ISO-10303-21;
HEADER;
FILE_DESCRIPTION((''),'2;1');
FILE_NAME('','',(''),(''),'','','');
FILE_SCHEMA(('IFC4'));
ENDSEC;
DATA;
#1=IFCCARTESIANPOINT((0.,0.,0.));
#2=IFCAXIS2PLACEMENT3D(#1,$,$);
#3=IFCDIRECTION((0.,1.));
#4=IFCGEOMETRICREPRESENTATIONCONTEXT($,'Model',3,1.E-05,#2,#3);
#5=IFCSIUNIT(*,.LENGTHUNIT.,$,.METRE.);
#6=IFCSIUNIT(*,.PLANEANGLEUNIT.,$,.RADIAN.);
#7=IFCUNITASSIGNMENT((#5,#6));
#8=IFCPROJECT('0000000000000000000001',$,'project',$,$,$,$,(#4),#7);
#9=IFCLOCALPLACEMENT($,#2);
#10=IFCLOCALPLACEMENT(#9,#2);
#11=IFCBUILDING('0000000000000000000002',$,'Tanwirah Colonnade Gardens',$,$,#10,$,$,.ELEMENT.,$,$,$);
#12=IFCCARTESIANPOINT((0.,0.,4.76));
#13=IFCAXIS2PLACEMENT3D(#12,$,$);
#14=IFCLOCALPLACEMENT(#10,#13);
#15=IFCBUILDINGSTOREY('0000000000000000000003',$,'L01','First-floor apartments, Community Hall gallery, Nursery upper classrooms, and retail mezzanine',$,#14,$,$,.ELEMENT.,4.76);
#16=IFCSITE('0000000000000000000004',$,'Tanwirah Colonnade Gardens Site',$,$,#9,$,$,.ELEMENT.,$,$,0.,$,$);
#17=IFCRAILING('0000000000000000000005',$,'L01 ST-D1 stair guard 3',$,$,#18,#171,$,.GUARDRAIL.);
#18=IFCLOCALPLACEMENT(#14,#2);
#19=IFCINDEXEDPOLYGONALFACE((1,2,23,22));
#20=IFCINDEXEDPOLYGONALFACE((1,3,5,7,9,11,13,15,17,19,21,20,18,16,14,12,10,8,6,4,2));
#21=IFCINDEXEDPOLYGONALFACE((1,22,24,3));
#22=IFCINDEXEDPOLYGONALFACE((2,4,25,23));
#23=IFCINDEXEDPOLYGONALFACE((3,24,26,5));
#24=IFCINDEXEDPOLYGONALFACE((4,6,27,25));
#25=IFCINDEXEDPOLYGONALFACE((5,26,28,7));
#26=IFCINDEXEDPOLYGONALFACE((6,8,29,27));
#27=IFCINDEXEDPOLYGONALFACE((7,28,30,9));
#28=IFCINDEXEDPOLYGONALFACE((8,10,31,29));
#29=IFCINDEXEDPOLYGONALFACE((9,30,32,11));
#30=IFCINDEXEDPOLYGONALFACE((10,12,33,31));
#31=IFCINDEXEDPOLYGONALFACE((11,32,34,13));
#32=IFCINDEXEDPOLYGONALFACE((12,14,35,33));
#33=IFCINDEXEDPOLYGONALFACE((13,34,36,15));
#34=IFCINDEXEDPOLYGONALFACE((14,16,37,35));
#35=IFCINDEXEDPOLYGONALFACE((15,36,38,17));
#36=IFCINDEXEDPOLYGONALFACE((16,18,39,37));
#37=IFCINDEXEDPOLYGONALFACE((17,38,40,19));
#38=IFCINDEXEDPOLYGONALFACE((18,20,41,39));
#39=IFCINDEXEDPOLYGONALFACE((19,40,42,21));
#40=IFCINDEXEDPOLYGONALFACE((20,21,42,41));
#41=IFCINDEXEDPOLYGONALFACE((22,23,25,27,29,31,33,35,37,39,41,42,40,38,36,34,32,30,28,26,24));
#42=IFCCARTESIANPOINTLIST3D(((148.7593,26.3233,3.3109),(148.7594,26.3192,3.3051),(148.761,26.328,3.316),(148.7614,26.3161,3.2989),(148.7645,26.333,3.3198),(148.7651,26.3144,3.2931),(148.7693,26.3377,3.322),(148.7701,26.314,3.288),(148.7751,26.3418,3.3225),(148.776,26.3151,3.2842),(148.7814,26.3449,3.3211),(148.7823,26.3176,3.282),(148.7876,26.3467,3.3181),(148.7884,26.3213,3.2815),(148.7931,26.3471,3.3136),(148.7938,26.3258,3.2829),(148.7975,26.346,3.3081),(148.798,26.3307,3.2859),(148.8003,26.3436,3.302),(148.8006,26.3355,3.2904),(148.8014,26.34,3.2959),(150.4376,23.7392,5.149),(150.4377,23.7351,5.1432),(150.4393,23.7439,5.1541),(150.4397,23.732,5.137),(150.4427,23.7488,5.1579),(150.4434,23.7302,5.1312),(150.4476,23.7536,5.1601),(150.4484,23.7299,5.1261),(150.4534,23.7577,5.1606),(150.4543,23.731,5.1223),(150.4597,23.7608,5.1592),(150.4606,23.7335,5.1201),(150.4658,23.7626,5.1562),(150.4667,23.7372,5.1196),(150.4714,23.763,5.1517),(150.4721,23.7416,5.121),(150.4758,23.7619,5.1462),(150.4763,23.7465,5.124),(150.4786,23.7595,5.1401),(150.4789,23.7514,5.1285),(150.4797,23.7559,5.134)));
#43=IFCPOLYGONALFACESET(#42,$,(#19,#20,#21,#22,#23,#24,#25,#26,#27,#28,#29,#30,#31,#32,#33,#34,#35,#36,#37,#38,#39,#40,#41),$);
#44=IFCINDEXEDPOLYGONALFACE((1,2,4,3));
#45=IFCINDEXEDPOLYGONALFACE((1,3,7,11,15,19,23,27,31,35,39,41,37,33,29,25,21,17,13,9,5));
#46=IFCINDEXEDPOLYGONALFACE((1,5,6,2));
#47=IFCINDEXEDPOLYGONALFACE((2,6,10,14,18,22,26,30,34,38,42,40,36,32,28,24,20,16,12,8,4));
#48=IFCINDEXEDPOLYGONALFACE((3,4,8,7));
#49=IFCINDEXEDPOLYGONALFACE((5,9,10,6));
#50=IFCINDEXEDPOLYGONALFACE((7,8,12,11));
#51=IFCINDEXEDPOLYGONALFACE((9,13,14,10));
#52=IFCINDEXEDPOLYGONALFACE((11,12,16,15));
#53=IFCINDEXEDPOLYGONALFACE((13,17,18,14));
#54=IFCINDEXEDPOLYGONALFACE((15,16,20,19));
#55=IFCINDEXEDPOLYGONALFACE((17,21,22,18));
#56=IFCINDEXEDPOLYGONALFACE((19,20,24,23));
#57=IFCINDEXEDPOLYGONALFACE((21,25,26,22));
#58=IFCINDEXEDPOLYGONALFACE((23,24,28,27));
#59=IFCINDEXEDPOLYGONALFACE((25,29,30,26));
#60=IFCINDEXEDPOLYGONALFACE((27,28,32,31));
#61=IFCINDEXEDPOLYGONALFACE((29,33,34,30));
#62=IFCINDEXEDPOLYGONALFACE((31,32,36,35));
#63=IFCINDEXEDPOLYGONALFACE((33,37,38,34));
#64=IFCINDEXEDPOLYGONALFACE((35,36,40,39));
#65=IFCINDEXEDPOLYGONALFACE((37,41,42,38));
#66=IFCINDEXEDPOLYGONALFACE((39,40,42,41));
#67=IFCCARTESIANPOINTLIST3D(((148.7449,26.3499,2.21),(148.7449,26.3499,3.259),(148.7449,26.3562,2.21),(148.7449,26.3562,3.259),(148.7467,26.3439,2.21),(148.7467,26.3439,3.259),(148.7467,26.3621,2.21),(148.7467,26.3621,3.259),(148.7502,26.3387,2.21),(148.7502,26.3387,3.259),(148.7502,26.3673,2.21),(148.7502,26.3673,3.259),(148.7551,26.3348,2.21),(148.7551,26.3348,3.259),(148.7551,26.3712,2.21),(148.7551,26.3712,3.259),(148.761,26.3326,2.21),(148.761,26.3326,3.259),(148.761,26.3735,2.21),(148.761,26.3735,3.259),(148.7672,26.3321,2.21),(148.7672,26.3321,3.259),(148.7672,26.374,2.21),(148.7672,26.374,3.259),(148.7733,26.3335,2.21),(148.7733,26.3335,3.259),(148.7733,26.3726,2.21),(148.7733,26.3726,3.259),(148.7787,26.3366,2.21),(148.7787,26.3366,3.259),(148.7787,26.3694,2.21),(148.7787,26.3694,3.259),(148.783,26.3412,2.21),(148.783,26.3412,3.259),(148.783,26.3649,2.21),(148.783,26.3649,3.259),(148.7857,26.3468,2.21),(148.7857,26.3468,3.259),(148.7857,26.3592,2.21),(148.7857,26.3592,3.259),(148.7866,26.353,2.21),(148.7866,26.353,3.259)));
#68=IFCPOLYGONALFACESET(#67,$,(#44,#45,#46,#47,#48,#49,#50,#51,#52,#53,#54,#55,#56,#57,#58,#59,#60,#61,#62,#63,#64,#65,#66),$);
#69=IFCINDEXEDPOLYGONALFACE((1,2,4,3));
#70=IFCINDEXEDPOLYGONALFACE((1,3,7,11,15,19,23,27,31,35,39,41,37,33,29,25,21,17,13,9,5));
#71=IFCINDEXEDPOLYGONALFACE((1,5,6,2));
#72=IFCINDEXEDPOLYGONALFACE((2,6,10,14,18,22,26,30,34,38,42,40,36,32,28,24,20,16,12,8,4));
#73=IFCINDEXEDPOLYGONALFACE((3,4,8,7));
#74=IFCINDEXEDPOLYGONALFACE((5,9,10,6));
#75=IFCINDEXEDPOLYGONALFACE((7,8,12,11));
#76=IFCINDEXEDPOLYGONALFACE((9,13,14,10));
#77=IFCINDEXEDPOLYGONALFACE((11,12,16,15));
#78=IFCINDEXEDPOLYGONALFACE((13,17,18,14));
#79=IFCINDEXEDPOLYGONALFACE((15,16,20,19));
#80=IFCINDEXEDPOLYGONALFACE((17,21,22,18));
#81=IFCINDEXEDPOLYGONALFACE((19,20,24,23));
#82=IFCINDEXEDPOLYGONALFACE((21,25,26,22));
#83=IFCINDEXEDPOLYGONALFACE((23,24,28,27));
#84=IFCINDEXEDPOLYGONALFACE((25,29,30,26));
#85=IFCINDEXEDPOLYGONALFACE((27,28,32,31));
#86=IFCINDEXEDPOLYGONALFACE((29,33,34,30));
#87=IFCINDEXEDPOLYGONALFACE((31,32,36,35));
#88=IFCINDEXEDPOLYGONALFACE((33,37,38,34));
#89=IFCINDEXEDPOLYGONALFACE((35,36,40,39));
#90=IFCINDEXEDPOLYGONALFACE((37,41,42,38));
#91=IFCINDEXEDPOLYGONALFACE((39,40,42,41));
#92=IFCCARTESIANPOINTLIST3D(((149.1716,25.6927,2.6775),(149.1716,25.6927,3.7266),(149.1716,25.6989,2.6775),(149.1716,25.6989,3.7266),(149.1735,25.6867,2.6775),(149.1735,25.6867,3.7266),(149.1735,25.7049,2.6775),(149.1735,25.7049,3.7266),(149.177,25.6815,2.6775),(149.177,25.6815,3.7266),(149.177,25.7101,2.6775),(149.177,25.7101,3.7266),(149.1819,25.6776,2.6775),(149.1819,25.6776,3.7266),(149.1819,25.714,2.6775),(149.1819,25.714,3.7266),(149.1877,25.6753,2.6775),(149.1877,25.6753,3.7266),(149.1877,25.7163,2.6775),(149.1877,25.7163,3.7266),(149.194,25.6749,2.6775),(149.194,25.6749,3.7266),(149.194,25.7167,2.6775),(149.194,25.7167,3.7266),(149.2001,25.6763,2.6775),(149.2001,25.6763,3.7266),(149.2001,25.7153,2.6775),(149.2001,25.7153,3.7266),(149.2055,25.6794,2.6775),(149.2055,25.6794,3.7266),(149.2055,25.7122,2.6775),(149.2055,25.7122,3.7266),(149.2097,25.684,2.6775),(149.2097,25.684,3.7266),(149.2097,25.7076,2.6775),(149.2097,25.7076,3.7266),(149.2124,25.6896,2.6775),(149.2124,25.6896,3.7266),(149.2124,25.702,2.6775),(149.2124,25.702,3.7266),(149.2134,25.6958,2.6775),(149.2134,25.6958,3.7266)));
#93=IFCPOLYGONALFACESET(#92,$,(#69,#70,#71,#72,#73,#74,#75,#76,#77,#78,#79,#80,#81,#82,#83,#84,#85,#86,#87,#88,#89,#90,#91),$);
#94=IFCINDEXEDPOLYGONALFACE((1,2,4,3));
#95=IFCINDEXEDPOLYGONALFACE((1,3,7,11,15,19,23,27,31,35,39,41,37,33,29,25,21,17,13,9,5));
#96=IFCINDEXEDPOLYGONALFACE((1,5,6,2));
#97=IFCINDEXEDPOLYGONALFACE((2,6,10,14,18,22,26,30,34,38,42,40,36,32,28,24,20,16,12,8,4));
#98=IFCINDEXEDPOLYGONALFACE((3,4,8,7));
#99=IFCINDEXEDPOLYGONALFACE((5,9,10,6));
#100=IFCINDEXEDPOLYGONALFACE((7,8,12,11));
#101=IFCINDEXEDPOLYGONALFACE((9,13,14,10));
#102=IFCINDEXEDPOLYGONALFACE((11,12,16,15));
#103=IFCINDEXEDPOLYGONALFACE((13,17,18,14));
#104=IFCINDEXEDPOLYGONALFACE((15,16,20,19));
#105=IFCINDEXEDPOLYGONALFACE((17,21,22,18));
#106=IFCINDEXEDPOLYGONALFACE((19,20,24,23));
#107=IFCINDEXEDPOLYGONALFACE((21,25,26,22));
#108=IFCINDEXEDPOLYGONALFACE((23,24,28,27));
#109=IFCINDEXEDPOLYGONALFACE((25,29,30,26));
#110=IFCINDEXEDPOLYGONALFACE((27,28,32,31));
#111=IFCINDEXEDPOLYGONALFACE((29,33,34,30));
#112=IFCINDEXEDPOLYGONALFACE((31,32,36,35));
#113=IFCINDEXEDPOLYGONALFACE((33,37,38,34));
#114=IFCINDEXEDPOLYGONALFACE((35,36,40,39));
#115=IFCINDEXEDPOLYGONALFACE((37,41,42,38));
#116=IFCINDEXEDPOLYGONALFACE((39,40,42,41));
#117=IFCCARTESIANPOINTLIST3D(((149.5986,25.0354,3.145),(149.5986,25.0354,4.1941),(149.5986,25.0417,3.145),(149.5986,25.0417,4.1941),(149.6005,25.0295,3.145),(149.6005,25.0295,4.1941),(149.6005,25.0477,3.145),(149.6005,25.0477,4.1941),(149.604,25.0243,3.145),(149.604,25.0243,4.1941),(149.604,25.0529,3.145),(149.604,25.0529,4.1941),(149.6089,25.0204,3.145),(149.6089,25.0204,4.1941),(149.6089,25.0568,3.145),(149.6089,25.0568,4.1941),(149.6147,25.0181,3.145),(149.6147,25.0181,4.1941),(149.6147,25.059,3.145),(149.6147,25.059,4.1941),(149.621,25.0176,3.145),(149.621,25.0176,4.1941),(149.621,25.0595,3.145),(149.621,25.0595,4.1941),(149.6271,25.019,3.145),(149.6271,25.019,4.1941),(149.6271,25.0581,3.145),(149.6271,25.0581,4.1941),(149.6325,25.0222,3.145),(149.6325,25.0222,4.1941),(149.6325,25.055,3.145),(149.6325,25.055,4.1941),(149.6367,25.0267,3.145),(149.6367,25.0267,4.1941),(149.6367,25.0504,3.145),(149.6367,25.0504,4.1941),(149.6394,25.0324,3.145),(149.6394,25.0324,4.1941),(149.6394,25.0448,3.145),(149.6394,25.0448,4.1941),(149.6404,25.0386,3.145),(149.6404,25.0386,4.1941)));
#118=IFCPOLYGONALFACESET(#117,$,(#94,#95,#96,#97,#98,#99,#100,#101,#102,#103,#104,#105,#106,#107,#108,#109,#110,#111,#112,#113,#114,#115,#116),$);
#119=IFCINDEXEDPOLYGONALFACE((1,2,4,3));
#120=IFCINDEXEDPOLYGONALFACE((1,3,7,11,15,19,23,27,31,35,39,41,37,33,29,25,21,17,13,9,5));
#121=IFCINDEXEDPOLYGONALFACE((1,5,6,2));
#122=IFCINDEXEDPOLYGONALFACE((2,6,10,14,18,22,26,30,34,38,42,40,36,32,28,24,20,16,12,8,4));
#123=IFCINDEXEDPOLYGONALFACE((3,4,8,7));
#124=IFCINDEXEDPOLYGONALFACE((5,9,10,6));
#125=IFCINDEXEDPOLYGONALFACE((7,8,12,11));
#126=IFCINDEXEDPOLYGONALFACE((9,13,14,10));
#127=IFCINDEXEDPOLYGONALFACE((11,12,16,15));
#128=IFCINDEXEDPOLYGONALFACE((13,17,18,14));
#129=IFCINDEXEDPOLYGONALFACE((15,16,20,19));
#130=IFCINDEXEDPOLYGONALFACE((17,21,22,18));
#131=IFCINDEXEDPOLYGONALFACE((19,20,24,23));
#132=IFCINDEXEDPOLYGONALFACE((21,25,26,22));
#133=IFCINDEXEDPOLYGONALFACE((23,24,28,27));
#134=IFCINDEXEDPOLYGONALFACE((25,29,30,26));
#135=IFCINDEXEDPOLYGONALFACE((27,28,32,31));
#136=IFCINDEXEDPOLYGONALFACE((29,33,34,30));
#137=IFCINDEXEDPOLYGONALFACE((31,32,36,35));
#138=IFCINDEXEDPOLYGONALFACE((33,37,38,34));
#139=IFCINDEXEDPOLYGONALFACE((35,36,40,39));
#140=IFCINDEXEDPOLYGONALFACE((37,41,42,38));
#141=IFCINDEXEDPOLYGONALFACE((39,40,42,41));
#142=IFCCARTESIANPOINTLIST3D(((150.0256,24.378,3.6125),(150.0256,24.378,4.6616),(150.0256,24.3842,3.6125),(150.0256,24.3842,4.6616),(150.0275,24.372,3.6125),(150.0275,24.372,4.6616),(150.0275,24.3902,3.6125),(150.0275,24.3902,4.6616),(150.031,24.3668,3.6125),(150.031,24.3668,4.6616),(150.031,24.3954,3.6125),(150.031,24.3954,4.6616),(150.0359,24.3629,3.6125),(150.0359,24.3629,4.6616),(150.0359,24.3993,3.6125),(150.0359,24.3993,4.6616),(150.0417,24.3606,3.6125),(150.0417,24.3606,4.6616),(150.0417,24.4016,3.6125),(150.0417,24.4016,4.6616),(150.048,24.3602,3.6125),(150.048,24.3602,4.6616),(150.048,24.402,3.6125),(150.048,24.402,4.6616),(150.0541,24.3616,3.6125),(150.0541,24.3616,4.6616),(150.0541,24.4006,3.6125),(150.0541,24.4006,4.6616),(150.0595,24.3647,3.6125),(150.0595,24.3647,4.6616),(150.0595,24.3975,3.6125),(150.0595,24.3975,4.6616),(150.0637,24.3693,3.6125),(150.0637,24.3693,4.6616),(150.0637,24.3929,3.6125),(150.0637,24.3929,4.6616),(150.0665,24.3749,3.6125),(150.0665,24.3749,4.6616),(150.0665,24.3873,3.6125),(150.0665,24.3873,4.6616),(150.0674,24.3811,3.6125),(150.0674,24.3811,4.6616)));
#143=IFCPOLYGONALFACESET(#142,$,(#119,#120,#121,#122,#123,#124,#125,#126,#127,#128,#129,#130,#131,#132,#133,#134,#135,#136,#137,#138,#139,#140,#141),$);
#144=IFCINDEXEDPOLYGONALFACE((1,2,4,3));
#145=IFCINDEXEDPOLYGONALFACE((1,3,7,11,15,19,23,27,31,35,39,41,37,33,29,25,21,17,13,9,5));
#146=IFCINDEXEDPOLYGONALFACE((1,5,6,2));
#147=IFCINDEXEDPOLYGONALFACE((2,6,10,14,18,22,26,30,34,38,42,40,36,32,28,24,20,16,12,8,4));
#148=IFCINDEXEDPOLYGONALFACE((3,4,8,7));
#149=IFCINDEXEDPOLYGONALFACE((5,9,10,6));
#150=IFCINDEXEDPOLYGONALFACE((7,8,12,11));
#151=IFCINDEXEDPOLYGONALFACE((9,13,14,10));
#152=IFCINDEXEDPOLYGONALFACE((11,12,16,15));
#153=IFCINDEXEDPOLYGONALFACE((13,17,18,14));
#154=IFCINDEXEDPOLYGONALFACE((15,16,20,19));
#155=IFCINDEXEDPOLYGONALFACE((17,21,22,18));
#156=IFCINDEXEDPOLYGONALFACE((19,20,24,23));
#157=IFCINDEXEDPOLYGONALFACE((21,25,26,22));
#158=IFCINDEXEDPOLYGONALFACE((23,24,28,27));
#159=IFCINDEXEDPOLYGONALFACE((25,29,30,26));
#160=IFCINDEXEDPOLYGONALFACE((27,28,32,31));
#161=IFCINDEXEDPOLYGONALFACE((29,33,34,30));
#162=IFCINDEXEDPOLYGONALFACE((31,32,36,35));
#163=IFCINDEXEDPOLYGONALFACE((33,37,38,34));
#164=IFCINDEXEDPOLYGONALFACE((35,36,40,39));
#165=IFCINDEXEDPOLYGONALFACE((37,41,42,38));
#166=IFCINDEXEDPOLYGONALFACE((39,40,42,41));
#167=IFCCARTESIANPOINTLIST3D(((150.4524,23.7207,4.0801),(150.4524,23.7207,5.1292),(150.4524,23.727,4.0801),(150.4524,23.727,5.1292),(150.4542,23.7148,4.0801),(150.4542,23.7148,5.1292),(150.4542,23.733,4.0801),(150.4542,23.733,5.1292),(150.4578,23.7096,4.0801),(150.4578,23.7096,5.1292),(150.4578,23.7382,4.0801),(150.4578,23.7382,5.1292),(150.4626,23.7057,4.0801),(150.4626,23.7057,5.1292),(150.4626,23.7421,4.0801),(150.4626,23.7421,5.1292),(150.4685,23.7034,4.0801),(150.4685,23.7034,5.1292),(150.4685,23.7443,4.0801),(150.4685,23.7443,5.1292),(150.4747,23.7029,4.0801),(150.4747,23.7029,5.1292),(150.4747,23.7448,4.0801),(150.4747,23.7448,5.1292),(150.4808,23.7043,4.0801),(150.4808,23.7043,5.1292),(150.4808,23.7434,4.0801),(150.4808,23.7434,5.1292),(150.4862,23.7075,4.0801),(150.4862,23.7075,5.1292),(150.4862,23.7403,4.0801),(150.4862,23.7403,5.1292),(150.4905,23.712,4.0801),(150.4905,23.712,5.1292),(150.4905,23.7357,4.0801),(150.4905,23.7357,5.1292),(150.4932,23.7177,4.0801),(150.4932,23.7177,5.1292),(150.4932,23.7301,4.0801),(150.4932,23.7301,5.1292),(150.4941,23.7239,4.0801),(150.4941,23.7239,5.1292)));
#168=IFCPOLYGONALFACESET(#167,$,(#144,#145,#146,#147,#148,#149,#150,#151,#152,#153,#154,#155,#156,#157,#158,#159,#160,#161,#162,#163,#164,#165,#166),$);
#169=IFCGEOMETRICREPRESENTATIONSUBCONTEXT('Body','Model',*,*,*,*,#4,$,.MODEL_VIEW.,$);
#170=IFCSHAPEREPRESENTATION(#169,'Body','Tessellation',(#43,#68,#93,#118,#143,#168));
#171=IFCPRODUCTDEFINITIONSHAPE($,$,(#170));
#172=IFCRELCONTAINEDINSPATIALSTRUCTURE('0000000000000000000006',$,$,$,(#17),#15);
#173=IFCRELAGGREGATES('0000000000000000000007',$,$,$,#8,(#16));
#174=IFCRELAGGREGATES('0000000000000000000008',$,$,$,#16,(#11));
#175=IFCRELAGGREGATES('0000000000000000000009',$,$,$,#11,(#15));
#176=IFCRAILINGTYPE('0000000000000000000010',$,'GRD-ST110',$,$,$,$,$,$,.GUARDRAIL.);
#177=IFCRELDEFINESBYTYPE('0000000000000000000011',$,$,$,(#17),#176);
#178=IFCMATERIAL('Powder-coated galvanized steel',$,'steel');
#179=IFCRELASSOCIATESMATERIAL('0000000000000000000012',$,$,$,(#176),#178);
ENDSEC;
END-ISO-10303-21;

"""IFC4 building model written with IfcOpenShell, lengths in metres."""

from ifc_helpers import new_model, si_unit, direction, frame, origin, origin_2d, place, context, subcontext, project, spatial, circle, extrude, material, type_object, element, save


model = new_model("IFC4")

# Units and contexts
model_context = context("Model", 3, precision=1e-05, world=origin(), true_north=direction((0.0, 1.0)))
body_context = subcontext(model_context, "Body", "Model", "MODEL_VIEW")
ifc_project = project(units=[si_unit("LENGTHUNIT", "METRE"), si_unit("PLANEANGLEUNIT", "RADIAN")], contexts=[model_context])

# Site, building, storey
site_placement = place(None, origin())
site = spatial("IfcSite", under=ifc_project, at=site_placement, Name="Tanwirah Colonnade Gardens Site", CompositionType="ELEMENT", RefElevation=0.0)
building_placement = place(site_placement, origin())
building = spatial("IfcBuilding", under=site, at=building_placement, Name="Tanwirah Colonnade Gardens", CompositionType="ELEMENT")
storey_placement = place(building_placement, frame((0.0, 0.0, 4.76)))
storey = spatial("IfcBuildingStorey", under=building, at=storey_placement, Name="L01", Description="First-floor apartments, Community Hall gallery, Nursery upper classrooms, and retail mezzanine", CompositionType="ELEMENT", Elevation=4.76)

# Railing
ifc_material_1 = material(Name="Powder-coated galvanized steel", Category="steel")
railing_type_1 = type_object("IfcRailingType", Name="GRD-ST110", PredefinedType="GUARDRAIL", material=ifc_material_1)
railing_1_placement = place(storey_placement, frame((148.7656, 26.353, 2.21)))
element("IfcRailing", 1, at=railing_1_placement, inside=storey, type_object=railing_type_1, Name="L01 ST-D1 stair guard 3", PredefinedType="GUARDRAIL", context=body_context, shape_type="SweptSolid", body=[
    extrude(circle(Radius=0.0239, at=origin_2d()), frame((0.0146, -0.0225, 1.092), z_axis=(0.467763, -0.720237, 0.512305), x_axis=(0.838652, 0.544668, 0.0)), (0.0, 0.0, 1.0), 3.5879),
    extrude(circle(Radius=0.021, at=origin_2d()), origin(), (0.0, 0.0, 1.0), 1.0491),
    extrude(circle(Radius=0.021, at=origin_2d()), frame((0.4268, -0.6572, 0.4675)), (0.0, 0.0, 1.0), 1.0491),
    extrude(circle(Radius=0.021, at=origin_2d()), frame((0.8538, -1.3145, 0.9351)), (0.0, 0.0, 1.0), 1.0491),
    extrude(circle(Radius=0.021, at=origin_2d()), frame((1.2808, -1.9719, 1.4026)), (0.0, 0.0, 1.0), 1.0491),
    extrude(circle(Radius=0.021, at=origin_2d()), frame((1.7075, -2.6292, 1.8701)), (0.0, 0.0, 1.0), 1.0491),
])

save(model, "model.ifc")
